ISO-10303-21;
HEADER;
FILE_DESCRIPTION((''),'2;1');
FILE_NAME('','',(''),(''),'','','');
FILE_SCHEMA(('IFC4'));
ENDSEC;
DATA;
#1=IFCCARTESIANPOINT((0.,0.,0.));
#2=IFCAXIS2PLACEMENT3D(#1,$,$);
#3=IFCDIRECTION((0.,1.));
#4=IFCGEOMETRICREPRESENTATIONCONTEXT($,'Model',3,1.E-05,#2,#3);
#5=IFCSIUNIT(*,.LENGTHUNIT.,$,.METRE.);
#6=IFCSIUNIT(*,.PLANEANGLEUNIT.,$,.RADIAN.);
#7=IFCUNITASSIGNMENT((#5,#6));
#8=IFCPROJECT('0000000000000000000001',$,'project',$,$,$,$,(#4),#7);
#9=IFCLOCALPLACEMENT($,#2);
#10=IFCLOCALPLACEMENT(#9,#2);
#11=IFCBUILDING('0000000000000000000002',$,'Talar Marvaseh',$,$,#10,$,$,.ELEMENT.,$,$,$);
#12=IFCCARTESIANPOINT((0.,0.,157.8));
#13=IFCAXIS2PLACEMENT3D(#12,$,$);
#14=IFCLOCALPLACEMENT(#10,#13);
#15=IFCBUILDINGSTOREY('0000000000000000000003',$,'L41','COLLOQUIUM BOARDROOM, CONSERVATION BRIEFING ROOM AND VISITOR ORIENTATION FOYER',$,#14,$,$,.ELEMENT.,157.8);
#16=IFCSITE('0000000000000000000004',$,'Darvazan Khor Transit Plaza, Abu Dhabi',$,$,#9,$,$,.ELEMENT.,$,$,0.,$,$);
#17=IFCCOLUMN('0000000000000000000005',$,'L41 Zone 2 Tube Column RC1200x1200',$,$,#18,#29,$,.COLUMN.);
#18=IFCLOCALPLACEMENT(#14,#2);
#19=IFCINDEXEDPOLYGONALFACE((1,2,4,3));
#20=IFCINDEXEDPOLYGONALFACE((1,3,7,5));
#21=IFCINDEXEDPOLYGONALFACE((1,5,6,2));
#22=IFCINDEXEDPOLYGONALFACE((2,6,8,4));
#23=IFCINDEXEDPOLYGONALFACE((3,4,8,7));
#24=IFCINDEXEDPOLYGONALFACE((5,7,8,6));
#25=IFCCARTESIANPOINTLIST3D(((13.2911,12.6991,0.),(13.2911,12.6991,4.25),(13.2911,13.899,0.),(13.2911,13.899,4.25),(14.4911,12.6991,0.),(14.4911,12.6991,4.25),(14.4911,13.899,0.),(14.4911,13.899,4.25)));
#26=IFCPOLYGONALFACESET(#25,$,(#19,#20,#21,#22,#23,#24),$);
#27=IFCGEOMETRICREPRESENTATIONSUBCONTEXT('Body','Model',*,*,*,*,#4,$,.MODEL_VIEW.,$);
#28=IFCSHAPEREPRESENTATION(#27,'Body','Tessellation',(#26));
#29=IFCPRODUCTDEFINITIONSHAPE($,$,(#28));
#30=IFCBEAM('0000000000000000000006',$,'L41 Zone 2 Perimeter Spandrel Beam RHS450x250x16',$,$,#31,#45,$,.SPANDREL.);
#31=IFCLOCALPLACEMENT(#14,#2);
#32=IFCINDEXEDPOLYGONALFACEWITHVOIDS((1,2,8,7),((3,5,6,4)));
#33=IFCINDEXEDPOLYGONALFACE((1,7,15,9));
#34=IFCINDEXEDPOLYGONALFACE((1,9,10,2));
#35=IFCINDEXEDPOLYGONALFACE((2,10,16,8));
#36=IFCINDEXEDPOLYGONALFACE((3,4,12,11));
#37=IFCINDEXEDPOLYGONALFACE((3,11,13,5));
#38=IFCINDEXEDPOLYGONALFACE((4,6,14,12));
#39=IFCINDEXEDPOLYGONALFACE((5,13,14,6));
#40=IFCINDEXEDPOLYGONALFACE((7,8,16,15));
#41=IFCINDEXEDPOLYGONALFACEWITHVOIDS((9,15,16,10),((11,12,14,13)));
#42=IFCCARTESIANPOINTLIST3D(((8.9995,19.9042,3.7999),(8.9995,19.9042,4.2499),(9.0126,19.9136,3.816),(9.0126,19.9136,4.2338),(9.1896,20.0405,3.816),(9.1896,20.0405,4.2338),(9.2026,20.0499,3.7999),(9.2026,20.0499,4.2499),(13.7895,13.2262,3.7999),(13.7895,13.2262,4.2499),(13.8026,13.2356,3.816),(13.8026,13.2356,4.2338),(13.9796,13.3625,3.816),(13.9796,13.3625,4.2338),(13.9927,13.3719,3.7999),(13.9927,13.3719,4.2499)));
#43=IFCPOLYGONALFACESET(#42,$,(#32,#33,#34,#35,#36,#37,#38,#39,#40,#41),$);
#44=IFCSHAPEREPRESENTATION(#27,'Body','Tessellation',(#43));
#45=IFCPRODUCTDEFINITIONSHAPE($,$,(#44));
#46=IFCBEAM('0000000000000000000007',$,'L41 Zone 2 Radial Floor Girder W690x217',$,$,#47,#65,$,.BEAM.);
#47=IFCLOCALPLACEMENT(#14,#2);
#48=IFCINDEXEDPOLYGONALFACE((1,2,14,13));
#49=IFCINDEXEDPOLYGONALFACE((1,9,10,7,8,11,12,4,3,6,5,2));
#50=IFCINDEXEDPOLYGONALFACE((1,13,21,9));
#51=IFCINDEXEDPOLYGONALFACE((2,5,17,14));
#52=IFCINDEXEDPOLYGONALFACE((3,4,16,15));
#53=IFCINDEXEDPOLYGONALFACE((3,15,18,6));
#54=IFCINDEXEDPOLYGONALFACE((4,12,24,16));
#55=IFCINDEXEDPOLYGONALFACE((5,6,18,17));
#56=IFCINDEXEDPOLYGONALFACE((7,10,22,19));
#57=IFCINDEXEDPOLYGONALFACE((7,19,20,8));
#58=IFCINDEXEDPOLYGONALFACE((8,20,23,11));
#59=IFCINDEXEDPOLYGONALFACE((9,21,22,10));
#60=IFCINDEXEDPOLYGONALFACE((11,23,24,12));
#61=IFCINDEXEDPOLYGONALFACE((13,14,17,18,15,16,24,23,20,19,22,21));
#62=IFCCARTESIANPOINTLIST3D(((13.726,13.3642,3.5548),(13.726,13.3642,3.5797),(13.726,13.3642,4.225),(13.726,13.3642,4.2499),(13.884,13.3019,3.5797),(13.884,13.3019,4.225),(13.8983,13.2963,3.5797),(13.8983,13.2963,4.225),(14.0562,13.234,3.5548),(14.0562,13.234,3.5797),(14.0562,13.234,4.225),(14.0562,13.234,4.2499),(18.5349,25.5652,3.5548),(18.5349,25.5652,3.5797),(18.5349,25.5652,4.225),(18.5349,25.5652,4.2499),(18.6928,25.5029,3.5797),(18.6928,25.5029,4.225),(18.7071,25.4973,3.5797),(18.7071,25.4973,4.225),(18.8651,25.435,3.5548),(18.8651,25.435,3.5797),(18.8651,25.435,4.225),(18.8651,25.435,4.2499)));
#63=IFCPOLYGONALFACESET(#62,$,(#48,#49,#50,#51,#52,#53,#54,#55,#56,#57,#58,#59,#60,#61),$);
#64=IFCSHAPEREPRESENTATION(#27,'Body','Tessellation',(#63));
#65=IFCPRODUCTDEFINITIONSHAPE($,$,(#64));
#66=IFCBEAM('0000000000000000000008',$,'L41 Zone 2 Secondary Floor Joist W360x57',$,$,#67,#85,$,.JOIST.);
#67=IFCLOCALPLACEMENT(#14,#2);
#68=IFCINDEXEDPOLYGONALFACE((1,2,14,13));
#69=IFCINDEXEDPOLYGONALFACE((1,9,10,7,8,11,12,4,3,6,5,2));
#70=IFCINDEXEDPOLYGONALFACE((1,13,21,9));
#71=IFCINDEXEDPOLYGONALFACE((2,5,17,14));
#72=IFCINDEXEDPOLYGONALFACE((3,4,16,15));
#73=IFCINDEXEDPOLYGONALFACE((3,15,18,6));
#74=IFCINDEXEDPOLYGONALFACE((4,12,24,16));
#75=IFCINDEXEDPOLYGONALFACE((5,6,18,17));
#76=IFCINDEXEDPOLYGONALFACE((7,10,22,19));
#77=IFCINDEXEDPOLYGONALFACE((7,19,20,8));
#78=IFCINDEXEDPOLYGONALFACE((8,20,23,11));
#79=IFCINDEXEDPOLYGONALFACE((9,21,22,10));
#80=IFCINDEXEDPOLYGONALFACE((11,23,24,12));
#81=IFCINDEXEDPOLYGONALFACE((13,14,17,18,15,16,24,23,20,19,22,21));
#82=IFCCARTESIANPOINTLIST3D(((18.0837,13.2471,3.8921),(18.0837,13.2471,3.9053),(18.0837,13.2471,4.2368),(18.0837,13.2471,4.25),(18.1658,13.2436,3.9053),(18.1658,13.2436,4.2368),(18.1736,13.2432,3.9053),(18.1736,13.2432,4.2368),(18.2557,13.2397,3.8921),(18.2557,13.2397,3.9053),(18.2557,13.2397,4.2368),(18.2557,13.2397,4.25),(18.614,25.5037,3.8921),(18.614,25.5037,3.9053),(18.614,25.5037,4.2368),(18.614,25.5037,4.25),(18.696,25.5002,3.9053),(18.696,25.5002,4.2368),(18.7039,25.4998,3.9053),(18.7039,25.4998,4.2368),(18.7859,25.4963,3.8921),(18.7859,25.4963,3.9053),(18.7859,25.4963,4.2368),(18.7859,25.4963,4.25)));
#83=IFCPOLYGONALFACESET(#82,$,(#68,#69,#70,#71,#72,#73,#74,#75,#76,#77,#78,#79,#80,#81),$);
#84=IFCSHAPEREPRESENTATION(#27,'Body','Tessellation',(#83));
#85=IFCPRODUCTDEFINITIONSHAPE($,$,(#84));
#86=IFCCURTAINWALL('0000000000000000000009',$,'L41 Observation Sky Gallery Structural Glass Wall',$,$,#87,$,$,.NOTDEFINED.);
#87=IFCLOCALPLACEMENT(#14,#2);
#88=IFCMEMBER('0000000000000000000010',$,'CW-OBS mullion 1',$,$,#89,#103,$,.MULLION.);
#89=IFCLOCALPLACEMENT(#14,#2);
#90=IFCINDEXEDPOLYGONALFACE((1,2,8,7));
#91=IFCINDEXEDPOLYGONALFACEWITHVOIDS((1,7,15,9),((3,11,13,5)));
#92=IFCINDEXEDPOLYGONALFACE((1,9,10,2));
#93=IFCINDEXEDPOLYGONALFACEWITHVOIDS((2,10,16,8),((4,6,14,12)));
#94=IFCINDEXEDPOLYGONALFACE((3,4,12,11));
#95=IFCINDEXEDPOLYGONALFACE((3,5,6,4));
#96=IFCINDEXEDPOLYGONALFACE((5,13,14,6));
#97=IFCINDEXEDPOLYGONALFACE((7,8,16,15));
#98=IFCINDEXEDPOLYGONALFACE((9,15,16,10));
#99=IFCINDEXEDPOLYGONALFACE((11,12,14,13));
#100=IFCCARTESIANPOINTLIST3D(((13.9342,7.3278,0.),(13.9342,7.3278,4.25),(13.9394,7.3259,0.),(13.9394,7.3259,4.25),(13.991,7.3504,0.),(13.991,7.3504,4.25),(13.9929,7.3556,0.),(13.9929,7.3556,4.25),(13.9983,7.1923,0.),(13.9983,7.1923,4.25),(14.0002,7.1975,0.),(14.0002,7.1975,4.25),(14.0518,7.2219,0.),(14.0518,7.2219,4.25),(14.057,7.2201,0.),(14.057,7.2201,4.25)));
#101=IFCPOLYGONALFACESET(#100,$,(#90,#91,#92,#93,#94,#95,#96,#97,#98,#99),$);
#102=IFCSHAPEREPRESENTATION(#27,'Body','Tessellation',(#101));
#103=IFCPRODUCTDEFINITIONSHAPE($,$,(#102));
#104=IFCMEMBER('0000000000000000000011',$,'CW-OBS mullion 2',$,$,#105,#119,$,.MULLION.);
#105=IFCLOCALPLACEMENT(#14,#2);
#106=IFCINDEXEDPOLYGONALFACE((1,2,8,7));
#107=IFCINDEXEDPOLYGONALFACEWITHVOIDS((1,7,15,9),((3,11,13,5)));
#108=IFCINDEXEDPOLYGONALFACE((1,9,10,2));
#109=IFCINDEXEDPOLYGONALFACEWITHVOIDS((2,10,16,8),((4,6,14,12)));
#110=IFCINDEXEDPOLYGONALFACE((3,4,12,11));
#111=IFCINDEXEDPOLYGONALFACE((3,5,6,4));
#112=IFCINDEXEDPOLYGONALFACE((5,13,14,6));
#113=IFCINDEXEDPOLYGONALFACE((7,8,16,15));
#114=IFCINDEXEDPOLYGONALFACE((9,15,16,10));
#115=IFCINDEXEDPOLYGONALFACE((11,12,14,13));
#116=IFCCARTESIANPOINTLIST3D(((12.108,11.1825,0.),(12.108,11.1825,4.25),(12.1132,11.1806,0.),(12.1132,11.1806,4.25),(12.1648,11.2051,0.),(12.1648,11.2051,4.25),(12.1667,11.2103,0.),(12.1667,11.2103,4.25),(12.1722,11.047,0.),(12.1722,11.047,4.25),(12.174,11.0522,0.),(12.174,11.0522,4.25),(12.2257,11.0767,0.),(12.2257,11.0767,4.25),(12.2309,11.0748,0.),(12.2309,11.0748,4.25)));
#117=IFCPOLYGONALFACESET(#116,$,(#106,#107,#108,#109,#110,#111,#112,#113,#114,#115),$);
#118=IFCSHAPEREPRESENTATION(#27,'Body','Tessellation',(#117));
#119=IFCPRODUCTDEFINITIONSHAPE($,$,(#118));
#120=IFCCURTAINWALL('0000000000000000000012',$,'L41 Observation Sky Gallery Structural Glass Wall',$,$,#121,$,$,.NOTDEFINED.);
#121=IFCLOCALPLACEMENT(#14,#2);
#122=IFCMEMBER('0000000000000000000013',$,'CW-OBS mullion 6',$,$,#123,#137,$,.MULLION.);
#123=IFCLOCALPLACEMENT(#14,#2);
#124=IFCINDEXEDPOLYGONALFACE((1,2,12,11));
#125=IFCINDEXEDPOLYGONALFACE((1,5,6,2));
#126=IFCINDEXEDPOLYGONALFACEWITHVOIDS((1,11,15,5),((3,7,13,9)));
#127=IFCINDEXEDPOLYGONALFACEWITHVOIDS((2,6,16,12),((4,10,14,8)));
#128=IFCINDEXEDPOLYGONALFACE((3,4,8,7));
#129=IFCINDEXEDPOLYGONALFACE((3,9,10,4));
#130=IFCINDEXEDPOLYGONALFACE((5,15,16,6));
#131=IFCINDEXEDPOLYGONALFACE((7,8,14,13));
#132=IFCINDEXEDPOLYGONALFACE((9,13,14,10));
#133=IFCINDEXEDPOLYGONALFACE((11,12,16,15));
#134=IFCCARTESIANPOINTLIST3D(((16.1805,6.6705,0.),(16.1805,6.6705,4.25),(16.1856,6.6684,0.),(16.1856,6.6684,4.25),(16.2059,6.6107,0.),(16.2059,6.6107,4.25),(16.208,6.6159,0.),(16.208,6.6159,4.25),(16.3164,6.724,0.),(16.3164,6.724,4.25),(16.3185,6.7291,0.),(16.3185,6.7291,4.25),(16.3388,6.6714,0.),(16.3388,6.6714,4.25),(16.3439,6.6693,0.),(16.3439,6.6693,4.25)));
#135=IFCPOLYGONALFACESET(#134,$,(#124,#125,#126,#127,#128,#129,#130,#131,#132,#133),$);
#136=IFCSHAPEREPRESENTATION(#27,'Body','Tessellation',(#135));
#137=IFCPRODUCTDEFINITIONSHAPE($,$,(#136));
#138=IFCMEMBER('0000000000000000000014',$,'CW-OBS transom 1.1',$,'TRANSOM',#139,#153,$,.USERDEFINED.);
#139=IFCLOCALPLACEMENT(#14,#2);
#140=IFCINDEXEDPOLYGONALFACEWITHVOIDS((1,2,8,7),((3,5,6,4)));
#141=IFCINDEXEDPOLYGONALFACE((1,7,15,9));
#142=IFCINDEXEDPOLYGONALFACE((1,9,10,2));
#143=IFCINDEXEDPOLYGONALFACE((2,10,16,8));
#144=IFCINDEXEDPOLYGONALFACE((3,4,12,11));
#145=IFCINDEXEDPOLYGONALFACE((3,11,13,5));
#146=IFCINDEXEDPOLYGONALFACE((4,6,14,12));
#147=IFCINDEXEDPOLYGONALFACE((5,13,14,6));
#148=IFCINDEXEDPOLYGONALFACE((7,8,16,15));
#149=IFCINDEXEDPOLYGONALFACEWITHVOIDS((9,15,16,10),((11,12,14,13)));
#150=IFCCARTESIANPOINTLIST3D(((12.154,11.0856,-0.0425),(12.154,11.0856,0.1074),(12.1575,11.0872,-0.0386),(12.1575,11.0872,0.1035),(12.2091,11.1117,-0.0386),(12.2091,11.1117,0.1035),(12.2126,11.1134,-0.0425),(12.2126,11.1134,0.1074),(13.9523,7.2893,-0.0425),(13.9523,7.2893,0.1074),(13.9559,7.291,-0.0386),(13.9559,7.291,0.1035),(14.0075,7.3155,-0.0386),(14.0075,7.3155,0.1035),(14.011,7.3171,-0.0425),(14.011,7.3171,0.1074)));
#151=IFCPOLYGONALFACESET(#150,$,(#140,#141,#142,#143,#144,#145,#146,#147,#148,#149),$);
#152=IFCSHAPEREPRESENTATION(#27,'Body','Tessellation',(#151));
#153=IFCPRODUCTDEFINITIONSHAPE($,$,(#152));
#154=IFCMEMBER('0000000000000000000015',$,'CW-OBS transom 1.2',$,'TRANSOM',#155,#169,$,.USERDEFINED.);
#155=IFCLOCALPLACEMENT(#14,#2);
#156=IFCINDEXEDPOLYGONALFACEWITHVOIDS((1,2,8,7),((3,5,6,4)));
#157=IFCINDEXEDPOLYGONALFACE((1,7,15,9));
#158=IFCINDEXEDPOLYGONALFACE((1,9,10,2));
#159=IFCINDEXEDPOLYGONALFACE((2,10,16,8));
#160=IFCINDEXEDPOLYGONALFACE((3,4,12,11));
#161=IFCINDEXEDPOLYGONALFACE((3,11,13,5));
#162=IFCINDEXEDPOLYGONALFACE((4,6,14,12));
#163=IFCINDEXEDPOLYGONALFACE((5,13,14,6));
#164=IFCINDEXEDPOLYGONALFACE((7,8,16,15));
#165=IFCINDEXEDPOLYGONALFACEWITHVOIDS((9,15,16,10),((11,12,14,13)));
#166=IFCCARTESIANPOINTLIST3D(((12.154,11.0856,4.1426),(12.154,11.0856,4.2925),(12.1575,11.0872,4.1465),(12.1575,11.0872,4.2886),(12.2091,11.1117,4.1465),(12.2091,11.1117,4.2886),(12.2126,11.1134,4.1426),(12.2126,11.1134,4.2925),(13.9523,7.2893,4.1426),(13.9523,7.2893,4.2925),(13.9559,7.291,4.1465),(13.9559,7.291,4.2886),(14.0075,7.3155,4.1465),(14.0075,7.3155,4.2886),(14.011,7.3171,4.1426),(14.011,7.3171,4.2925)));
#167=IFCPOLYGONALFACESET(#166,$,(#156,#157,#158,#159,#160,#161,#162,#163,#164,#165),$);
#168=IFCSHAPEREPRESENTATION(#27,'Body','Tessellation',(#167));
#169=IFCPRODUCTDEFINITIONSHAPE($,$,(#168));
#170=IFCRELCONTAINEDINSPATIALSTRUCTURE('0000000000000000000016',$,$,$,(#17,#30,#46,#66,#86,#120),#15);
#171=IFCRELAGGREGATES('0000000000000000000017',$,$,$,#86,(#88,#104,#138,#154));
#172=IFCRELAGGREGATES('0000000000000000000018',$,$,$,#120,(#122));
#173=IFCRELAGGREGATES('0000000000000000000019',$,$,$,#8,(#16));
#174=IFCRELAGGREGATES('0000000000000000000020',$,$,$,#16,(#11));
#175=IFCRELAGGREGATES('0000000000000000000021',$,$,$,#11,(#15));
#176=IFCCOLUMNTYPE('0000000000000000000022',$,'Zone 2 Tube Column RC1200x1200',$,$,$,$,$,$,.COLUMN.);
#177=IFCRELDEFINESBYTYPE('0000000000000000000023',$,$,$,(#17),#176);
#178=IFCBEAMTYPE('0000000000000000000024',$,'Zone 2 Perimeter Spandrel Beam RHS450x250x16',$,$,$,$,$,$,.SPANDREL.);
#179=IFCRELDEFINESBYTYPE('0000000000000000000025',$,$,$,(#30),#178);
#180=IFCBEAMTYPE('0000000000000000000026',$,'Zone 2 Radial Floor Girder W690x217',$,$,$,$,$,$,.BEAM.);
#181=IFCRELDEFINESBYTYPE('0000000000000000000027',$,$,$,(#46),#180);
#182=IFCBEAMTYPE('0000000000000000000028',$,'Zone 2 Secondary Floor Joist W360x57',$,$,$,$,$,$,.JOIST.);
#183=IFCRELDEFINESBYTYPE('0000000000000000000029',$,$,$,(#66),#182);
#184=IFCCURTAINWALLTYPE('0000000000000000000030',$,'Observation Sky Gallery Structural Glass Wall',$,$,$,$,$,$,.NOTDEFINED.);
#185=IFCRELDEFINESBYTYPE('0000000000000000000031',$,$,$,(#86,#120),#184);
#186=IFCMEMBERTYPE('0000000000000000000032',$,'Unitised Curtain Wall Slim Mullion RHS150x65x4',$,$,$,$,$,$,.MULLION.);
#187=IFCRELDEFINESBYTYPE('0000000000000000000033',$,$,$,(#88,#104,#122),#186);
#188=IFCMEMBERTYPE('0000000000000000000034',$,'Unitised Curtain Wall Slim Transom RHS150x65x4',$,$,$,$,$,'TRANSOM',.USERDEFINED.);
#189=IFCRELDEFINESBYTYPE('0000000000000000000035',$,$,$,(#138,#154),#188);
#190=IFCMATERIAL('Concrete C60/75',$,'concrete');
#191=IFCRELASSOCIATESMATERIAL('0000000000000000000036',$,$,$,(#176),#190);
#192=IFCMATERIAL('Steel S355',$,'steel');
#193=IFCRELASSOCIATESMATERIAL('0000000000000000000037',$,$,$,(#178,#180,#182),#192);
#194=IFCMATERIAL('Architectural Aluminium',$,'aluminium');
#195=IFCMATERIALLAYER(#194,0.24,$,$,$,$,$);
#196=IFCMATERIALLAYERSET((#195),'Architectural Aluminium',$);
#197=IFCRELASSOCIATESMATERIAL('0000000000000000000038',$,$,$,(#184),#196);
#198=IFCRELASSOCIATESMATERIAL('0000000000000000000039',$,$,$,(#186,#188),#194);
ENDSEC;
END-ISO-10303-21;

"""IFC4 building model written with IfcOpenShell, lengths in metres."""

from ifc_helpers import new_model, si_unit, direction, frame, origin, origin_2d, place, context, subcontext, project, spatial, rectangle, hollow_rectangle, i_section, extrude, source, transform, mapped, material, layer, layer_set, material_profile, profile_set, type_object, type_shapes, element, aggregate, save


model = new_model("IFC4")

# Units and contexts
model_context = context("Model", 3, precision=1e-05, world=origin(), true_north=direction((0.0, 1.0)))
body_context = subcontext(model_context, "Body", "Model", "MODEL_VIEW")
ifc_project = project(units=[si_unit("LENGTHUNIT", "METRE"), si_unit("PLANEANGLEUNIT", "RADIAN")], contexts=[model_context])

# Site, building, storey
site_placement = place(None, origin())
site = spatial("IfcSite", under=ifc_project, at=site_placement, Name="Darvazan Khor Transit Plaza, Abu Dhabi", CompositionType="ELEMENT", RefElevation=0.0)
building_placement = place(site_placement, origin())
building = spatial("IfcBuilding", under=site, at=building_placement, Name="Talar Marvaseh", CompositionType="ELEMENT")
storey_placement = place(building_placement, frame((0.0, 0.0, 157.8)))
storey = spatial("IfcBuildingStorey", under=building, at=storey_placement, Name="L41", Description="COLLOQUIUM BOARDROOM, CONSERVATION BRIEFING ROOM AND VISITOR ORIENTATION FOYER", CompositionType="ELEMENT", Elevation=157.8)

# Column
ifc_material_1 = material(Name="Concrete C60/75", Category="concrete")
ifc_material_profile_1 = material_profile(ifc_material_1, rectangle(XDim=1.2, YDim=1.2, at=origin_2d()), Name="RC1200x1200")
ifc_profile_set_1 = profile_set([ifc_material_profile_1], Name="Concrete C60/75")
column_type = type_object("IfcColumnType", Name="Zone 2 Tube Column RC1200x1200", PredefinedType="COLUMN", material=ifc_profile_set_1)
column_placement = place(storey_placement, frame((13.8911, 13.2991, 0.0), z_axis=(0.0, 0.0, 1.0), x_axis=(1.0, 0.0, 0.0)))
element("IfcColumn", 1, at=column_placement, inside=storey, type_object=column_type, Name="L41 Zone 2 Tube Column RC1200x1200", PredefinedType="COLUMN", context=body_context, shape_type="SweptSolid", body=[
    extrude(rectangle(XDim=1.2, YDim=1.2, at=origin_2d()), origin(), (0.0, 0.0, 1.0), 4.25),
])

# Beams
ifc_material_2 = material(Name="Steel S355", Category="steel")
ifc_material_profile_2 = material_profile(ifc_material_2, hollow_rectangle(XDim=0.25, YDim=0.45, WallThickness=0.0161, at=origin_2d()), Name="RHS450x250x16")
ifc_profile_set_2 = profile_set([ifc_material_profile_2], Name="Steel S355")
beam_type_1 = type_object("IfcBeamType", Name="Zone 2 Perimeter Spandrel Beam RHS450x250x16", PredefinedType="SPANDREL", material=ifc_profile_set_2)
beam_1_placement = place(storey_placement, frame((13.8911, 13.2991, 4.0249), z_axis=(-0.582853, 0.812578, 0.0), x_axis=(-0.812578, -0.582853, 0.0)))
element("IfcBeam", 2, at=beam_1_placement, inside=storey, type_object=beam_type_1, Name="L41 Zone 2 Perimeter Spandrel Beam RHS450x250x16", PredefinedType="SPANDREL", context=body_context, shape_type="SweptSolid", body=[
    extrude(hollow_rectangle(XDim=0.25, YDim=0.45, WallThickness=0.0161, at=origin_2d()), origin(), (0.0, 0.0, 1.0), 8.2183),
])
ifc_material_profile_3 = material_profile(ifc_material_2, i_section(OverallWidth=0.355, OverallDepth=0.6951, WebThickness=0.0154, FlangeThickness=0.0249, at=origin_2d()), Name="W690x217")
ifc_profile_set_3 = profile_set([ifc_material_profile_3], Name="Steel S355")
beam_type_2 = type_object("IfcBeamType", Name="Zone 2 Radial Floor Girder W690x217", PredefinedType="BEAM", material=ifc_profile_set_3)
beam_2_placement = place(storey_placement, frame((13.8911, 13.2991, 3.9023), z_axis=(0.366684, 0.930346, 0.0), x_axis=(-0.930346, 0.366684, 0.0)))
element("IfcBeam", 3, at=beam_2_placement, inside=storey, type_object=beam_type_2, Name="L41 Zone 2 Radial Floor Girder W690x217", PredefinedType="BEAM", context=body_context, shape_type="SweptSolid", body=[
    extrude(i_section(OverallWidth=0.355, OverallDepth=0.6951, WebThickness=0.0154, FlangeThickness=0.0249, at=origin_2d()), origin(), (0.0, 0.0, 1.0), 13.1145),
])
ifc_material_profile_4 = material_profile(ifc_material_2, i_section(OverallWidth=0.1721, OverallDepth=0.3579, WebThickness=0.0078, FlangeThickness=0.0132, at=origin_2d()), Name="W360x57")
ifc_profile_set_4 = profile_set([ifc_material_profile_4], Name="Steel S355")
beam_type_3 = type_object("IfcBeamType", Name="Zone 2 Secondary Floor Joist W360x57", PredefinedType="JOIST", material=ifc_profile_set_4)
beam_3_placement = place(storey_placement, frame((18.1697, 13.2434, 4.071), z_axis=(0.043224, 0.999065, 0.0), x_axis=(-0.999065, 0.043224, 0.0)))
element("IfcBeam", 4, at=beam_3_placement, inside=storey, type_object=beam_type_3, Name="L41 Zone 2 Secondary Floor Joist W360x57", PredefinedType="JOIST", context=body_context, shape_type="SweptSolid", body=[
    extrude(i_section(OverallWidth=0.1721, OverallDepth=0.3579, WebThickness=0.0078, FlangeThickness=0.0132, at=origin_2d()), origin(), (0.0, 0.0, 1.0), 12.2681),
])

# Curtain wall, members
ifc_material_3 = material(Name="Architectural Aluminium", Category="aluminium")
ifc_layer_1 = layer(ifc_material_3, 0.24)
ifc_layer_set_1 = layer_set([ifc_layer_1], Name="Architectural Aluminium")
curtain_wall_type = type_object("IfcCurtainWallType", Name="Observation Sky Gallery Structural Glass Wall", PredefinedType="NOTDEFINED", material=ifc_layer_set_1)
curtain_wall_1_placement = place(storey_placement, origin())
curtain_wall_1 = element("IfcCurtainWall", 5, at=curtain_wall_1_placement, inside=storey, type_object=curtain_wall_type, Name="L41 Observation Sky Gallery Structural Glass Wall", PredefinedType="NOTDEFINED")
ifc_material_profile_5 = material_profile(ifc_material_3, hollow_rectangle(XDim=0.0649, YDim=0.1499, WallThickness=0.0039, at=origin_2d()), Name="RHS150x65x4")
ifc_profile_set_5 = profile_set([ifc_material_profile_5], Name="Architectural Aluminium")
member_type_1 = type_object("IfcMemberType", Name="Unitised Curtain Wall Slim Mullion RHS150x65x4", PredefinedType="MULLION", material=ifc_profile_set_5)
shared_shape_1 = source(origin(), body_context, "Body", "SweptSolid", [
    extrude(hollow_rectangle(XDim=0.0649, YDim=0.1499, WallThickness=0.0039, at=origin_2d()), origin(), (0.0, 0.0, 1.0), 4.25),
])
type_shapes(member_type_1, [shared_shape_1])
member_1_placement = place(storey_placement, frame((13.9956, 7.2739, 0.0), z_axis=(0.0, 0.0, 1.0), x_axis=(-0.903737, -0.428089, 0.0)))
member_1 = element("IfcMember", 6, at=member_1_placement, type_object=member_type_1, Name="CW-OBS mullion 1", PredefinedType="MULLION", context=body_context, shape_type="MappedRepresentation", body=[
    mapped(shared_shape_1, transform((0.0, 0.0, 0.0), x_axis=(1.0, 0.0, 0.0), y_axis=(0.0, 1.0, 0.0), z_axis=(0.0, 0.0, 1.0), scale=1.0)),
])
member_2_placement = place(storey_placement, frame((12.1694, 11.1287, 0.0), z_axis=(0.0, 0.0, 1.0), x_axis=(-0.903737, -0.428089, 0.0)))
member_2 = element("IfcMember", 7, at=member_2_placement, type_object=member_type_1, Name="CW-OBS mullion 2", PredefinedType="MULLION", context=body_context, shape_type="MappedRepresentation", body=[
    mapped(shared_shape_1, transform((0.0, 0.0, 0.0), x_axis=(1.0, 0.0, 0.0), y_axis=(0.0, 1.0, 0.0), z_axis=(0.0, 0.0, 1.0), scale=1.0)),
])

# Curtain wall, member
curtain_wall_2_placement = place(storey_placement, origin())
curtain_wall_2 = element("IfcCurtainWall", 8, at=curtain_wall_2_placement, inside=storey, type_object=curtain_wall_type, Name="L41 Observation Sky Gallery Structural Glass Wall", PredefinedType="NOTDEFINED")
member_3_placement = place(storey_placement, frame((16.2622, 6.6699, 0.0), z_axis=(0.0, 0.0, 1.0), x_axis=(0.390874, -0.920444, 0.0)))
member_3 = element("IfcMember", 9, at=member_3_placement, type_object=member_type_1, Name="CW-OBS mullion 6", PredefinedType="MULLION", context=body_context, shape_type="MappedRepresentation", body=[
    mapped(shared_shape_1, transform((0.0, 0.0, 0.0), x_axis=(1.0, 0.0, 0.0), y_axis=(0.0, 1.0, 0.0), z_axis=(0.0, 0.0, 1.0), scale=1.0)),
])

# Members
ifc_material_profile_6 = material_profile(ifc_material_3, hollow_rectangle(XDim=0.0649, YDim=0.1499, WallThickness=0.0039, at=origin_2d()), Name="RHS150x65x4")
ifc_profile_set_6 = profile_set([ifc_material_profile_6], Name="Architectural Aluminium")
member_type_2 = type_object("IfcMemberType", Name="Unitised Curtain Wall Slim Transom RHS150x65x4", ElementType="TRANSOM", PredefinedType="USERDEFINED", material=ifc_profile_set_6)
shared_shape_2 = source(origin(), body_context, "Body", "SweptSolid", [
    extrude(hollow_rectangle(XDim=0.0649, YDim=0.1499, WallThickness=0.0039, at=origin_2d()), origin(), (0.0, 0.0, 1.0), 4.2007),
])
type_shapes(member_type_2, [shared_shape_2])
member_4_placement = place(storey_placement, frame((13.9817, 7.3032, 0.0325), z_axis=(-0.428119, 0.903722, 0.0), x_axis=(-0.903722, -0.428119, 0.0)))
member_4 = element("IfcMember", 10, at=member_4_placement, type_object=member_type_2, Name="CW-OBS transom 1.1", ObjectType="TRANSOM", PredefinedType="USERDEFINED", context=body_context, shape_type="MappedRepresentation", body=[
    mapped(shared_shape_2, transform((0.0, 0.0, 0.0), x_axis=(1.0, 0.0, 0.0), y_axis=(0.0, 1.0, 0.0), z_axis=(0.0, 0.0, 1.0), scale=1.0)),
])
member_5_placement = place(storey_placement, frame((13.9817, 7.3032, 4.2175), z_axis=(-0.428119, 0.903722, 0.0), x_axis=(-0.903722, -0.428119, 0.0)))
member_5 = element("IfcMember", 11, at=member_5_placement, type_object=member_type_2, Name="CW-OBS transom 1.2", ObjectType="TRANSOM", PredefinedType="USERDEFINED", context=body_context, shape_type="MappedRepresentation", body=[
    mapped(shared_shape_2, transform((0.0, 0.0, 0.0), x_axis=(1.0, 0.0, 0.0), y_axis=(0.0, 1.0, 0.0), z_axis=(0.0, 0.0, 1.0), scale=1.0)),
])

aggregate(curtain_wall_1, [member_1, member_2, member_4, member_5])
aggregate(curtain_wall_2, [member_3])

save(model, "model.ifc")
